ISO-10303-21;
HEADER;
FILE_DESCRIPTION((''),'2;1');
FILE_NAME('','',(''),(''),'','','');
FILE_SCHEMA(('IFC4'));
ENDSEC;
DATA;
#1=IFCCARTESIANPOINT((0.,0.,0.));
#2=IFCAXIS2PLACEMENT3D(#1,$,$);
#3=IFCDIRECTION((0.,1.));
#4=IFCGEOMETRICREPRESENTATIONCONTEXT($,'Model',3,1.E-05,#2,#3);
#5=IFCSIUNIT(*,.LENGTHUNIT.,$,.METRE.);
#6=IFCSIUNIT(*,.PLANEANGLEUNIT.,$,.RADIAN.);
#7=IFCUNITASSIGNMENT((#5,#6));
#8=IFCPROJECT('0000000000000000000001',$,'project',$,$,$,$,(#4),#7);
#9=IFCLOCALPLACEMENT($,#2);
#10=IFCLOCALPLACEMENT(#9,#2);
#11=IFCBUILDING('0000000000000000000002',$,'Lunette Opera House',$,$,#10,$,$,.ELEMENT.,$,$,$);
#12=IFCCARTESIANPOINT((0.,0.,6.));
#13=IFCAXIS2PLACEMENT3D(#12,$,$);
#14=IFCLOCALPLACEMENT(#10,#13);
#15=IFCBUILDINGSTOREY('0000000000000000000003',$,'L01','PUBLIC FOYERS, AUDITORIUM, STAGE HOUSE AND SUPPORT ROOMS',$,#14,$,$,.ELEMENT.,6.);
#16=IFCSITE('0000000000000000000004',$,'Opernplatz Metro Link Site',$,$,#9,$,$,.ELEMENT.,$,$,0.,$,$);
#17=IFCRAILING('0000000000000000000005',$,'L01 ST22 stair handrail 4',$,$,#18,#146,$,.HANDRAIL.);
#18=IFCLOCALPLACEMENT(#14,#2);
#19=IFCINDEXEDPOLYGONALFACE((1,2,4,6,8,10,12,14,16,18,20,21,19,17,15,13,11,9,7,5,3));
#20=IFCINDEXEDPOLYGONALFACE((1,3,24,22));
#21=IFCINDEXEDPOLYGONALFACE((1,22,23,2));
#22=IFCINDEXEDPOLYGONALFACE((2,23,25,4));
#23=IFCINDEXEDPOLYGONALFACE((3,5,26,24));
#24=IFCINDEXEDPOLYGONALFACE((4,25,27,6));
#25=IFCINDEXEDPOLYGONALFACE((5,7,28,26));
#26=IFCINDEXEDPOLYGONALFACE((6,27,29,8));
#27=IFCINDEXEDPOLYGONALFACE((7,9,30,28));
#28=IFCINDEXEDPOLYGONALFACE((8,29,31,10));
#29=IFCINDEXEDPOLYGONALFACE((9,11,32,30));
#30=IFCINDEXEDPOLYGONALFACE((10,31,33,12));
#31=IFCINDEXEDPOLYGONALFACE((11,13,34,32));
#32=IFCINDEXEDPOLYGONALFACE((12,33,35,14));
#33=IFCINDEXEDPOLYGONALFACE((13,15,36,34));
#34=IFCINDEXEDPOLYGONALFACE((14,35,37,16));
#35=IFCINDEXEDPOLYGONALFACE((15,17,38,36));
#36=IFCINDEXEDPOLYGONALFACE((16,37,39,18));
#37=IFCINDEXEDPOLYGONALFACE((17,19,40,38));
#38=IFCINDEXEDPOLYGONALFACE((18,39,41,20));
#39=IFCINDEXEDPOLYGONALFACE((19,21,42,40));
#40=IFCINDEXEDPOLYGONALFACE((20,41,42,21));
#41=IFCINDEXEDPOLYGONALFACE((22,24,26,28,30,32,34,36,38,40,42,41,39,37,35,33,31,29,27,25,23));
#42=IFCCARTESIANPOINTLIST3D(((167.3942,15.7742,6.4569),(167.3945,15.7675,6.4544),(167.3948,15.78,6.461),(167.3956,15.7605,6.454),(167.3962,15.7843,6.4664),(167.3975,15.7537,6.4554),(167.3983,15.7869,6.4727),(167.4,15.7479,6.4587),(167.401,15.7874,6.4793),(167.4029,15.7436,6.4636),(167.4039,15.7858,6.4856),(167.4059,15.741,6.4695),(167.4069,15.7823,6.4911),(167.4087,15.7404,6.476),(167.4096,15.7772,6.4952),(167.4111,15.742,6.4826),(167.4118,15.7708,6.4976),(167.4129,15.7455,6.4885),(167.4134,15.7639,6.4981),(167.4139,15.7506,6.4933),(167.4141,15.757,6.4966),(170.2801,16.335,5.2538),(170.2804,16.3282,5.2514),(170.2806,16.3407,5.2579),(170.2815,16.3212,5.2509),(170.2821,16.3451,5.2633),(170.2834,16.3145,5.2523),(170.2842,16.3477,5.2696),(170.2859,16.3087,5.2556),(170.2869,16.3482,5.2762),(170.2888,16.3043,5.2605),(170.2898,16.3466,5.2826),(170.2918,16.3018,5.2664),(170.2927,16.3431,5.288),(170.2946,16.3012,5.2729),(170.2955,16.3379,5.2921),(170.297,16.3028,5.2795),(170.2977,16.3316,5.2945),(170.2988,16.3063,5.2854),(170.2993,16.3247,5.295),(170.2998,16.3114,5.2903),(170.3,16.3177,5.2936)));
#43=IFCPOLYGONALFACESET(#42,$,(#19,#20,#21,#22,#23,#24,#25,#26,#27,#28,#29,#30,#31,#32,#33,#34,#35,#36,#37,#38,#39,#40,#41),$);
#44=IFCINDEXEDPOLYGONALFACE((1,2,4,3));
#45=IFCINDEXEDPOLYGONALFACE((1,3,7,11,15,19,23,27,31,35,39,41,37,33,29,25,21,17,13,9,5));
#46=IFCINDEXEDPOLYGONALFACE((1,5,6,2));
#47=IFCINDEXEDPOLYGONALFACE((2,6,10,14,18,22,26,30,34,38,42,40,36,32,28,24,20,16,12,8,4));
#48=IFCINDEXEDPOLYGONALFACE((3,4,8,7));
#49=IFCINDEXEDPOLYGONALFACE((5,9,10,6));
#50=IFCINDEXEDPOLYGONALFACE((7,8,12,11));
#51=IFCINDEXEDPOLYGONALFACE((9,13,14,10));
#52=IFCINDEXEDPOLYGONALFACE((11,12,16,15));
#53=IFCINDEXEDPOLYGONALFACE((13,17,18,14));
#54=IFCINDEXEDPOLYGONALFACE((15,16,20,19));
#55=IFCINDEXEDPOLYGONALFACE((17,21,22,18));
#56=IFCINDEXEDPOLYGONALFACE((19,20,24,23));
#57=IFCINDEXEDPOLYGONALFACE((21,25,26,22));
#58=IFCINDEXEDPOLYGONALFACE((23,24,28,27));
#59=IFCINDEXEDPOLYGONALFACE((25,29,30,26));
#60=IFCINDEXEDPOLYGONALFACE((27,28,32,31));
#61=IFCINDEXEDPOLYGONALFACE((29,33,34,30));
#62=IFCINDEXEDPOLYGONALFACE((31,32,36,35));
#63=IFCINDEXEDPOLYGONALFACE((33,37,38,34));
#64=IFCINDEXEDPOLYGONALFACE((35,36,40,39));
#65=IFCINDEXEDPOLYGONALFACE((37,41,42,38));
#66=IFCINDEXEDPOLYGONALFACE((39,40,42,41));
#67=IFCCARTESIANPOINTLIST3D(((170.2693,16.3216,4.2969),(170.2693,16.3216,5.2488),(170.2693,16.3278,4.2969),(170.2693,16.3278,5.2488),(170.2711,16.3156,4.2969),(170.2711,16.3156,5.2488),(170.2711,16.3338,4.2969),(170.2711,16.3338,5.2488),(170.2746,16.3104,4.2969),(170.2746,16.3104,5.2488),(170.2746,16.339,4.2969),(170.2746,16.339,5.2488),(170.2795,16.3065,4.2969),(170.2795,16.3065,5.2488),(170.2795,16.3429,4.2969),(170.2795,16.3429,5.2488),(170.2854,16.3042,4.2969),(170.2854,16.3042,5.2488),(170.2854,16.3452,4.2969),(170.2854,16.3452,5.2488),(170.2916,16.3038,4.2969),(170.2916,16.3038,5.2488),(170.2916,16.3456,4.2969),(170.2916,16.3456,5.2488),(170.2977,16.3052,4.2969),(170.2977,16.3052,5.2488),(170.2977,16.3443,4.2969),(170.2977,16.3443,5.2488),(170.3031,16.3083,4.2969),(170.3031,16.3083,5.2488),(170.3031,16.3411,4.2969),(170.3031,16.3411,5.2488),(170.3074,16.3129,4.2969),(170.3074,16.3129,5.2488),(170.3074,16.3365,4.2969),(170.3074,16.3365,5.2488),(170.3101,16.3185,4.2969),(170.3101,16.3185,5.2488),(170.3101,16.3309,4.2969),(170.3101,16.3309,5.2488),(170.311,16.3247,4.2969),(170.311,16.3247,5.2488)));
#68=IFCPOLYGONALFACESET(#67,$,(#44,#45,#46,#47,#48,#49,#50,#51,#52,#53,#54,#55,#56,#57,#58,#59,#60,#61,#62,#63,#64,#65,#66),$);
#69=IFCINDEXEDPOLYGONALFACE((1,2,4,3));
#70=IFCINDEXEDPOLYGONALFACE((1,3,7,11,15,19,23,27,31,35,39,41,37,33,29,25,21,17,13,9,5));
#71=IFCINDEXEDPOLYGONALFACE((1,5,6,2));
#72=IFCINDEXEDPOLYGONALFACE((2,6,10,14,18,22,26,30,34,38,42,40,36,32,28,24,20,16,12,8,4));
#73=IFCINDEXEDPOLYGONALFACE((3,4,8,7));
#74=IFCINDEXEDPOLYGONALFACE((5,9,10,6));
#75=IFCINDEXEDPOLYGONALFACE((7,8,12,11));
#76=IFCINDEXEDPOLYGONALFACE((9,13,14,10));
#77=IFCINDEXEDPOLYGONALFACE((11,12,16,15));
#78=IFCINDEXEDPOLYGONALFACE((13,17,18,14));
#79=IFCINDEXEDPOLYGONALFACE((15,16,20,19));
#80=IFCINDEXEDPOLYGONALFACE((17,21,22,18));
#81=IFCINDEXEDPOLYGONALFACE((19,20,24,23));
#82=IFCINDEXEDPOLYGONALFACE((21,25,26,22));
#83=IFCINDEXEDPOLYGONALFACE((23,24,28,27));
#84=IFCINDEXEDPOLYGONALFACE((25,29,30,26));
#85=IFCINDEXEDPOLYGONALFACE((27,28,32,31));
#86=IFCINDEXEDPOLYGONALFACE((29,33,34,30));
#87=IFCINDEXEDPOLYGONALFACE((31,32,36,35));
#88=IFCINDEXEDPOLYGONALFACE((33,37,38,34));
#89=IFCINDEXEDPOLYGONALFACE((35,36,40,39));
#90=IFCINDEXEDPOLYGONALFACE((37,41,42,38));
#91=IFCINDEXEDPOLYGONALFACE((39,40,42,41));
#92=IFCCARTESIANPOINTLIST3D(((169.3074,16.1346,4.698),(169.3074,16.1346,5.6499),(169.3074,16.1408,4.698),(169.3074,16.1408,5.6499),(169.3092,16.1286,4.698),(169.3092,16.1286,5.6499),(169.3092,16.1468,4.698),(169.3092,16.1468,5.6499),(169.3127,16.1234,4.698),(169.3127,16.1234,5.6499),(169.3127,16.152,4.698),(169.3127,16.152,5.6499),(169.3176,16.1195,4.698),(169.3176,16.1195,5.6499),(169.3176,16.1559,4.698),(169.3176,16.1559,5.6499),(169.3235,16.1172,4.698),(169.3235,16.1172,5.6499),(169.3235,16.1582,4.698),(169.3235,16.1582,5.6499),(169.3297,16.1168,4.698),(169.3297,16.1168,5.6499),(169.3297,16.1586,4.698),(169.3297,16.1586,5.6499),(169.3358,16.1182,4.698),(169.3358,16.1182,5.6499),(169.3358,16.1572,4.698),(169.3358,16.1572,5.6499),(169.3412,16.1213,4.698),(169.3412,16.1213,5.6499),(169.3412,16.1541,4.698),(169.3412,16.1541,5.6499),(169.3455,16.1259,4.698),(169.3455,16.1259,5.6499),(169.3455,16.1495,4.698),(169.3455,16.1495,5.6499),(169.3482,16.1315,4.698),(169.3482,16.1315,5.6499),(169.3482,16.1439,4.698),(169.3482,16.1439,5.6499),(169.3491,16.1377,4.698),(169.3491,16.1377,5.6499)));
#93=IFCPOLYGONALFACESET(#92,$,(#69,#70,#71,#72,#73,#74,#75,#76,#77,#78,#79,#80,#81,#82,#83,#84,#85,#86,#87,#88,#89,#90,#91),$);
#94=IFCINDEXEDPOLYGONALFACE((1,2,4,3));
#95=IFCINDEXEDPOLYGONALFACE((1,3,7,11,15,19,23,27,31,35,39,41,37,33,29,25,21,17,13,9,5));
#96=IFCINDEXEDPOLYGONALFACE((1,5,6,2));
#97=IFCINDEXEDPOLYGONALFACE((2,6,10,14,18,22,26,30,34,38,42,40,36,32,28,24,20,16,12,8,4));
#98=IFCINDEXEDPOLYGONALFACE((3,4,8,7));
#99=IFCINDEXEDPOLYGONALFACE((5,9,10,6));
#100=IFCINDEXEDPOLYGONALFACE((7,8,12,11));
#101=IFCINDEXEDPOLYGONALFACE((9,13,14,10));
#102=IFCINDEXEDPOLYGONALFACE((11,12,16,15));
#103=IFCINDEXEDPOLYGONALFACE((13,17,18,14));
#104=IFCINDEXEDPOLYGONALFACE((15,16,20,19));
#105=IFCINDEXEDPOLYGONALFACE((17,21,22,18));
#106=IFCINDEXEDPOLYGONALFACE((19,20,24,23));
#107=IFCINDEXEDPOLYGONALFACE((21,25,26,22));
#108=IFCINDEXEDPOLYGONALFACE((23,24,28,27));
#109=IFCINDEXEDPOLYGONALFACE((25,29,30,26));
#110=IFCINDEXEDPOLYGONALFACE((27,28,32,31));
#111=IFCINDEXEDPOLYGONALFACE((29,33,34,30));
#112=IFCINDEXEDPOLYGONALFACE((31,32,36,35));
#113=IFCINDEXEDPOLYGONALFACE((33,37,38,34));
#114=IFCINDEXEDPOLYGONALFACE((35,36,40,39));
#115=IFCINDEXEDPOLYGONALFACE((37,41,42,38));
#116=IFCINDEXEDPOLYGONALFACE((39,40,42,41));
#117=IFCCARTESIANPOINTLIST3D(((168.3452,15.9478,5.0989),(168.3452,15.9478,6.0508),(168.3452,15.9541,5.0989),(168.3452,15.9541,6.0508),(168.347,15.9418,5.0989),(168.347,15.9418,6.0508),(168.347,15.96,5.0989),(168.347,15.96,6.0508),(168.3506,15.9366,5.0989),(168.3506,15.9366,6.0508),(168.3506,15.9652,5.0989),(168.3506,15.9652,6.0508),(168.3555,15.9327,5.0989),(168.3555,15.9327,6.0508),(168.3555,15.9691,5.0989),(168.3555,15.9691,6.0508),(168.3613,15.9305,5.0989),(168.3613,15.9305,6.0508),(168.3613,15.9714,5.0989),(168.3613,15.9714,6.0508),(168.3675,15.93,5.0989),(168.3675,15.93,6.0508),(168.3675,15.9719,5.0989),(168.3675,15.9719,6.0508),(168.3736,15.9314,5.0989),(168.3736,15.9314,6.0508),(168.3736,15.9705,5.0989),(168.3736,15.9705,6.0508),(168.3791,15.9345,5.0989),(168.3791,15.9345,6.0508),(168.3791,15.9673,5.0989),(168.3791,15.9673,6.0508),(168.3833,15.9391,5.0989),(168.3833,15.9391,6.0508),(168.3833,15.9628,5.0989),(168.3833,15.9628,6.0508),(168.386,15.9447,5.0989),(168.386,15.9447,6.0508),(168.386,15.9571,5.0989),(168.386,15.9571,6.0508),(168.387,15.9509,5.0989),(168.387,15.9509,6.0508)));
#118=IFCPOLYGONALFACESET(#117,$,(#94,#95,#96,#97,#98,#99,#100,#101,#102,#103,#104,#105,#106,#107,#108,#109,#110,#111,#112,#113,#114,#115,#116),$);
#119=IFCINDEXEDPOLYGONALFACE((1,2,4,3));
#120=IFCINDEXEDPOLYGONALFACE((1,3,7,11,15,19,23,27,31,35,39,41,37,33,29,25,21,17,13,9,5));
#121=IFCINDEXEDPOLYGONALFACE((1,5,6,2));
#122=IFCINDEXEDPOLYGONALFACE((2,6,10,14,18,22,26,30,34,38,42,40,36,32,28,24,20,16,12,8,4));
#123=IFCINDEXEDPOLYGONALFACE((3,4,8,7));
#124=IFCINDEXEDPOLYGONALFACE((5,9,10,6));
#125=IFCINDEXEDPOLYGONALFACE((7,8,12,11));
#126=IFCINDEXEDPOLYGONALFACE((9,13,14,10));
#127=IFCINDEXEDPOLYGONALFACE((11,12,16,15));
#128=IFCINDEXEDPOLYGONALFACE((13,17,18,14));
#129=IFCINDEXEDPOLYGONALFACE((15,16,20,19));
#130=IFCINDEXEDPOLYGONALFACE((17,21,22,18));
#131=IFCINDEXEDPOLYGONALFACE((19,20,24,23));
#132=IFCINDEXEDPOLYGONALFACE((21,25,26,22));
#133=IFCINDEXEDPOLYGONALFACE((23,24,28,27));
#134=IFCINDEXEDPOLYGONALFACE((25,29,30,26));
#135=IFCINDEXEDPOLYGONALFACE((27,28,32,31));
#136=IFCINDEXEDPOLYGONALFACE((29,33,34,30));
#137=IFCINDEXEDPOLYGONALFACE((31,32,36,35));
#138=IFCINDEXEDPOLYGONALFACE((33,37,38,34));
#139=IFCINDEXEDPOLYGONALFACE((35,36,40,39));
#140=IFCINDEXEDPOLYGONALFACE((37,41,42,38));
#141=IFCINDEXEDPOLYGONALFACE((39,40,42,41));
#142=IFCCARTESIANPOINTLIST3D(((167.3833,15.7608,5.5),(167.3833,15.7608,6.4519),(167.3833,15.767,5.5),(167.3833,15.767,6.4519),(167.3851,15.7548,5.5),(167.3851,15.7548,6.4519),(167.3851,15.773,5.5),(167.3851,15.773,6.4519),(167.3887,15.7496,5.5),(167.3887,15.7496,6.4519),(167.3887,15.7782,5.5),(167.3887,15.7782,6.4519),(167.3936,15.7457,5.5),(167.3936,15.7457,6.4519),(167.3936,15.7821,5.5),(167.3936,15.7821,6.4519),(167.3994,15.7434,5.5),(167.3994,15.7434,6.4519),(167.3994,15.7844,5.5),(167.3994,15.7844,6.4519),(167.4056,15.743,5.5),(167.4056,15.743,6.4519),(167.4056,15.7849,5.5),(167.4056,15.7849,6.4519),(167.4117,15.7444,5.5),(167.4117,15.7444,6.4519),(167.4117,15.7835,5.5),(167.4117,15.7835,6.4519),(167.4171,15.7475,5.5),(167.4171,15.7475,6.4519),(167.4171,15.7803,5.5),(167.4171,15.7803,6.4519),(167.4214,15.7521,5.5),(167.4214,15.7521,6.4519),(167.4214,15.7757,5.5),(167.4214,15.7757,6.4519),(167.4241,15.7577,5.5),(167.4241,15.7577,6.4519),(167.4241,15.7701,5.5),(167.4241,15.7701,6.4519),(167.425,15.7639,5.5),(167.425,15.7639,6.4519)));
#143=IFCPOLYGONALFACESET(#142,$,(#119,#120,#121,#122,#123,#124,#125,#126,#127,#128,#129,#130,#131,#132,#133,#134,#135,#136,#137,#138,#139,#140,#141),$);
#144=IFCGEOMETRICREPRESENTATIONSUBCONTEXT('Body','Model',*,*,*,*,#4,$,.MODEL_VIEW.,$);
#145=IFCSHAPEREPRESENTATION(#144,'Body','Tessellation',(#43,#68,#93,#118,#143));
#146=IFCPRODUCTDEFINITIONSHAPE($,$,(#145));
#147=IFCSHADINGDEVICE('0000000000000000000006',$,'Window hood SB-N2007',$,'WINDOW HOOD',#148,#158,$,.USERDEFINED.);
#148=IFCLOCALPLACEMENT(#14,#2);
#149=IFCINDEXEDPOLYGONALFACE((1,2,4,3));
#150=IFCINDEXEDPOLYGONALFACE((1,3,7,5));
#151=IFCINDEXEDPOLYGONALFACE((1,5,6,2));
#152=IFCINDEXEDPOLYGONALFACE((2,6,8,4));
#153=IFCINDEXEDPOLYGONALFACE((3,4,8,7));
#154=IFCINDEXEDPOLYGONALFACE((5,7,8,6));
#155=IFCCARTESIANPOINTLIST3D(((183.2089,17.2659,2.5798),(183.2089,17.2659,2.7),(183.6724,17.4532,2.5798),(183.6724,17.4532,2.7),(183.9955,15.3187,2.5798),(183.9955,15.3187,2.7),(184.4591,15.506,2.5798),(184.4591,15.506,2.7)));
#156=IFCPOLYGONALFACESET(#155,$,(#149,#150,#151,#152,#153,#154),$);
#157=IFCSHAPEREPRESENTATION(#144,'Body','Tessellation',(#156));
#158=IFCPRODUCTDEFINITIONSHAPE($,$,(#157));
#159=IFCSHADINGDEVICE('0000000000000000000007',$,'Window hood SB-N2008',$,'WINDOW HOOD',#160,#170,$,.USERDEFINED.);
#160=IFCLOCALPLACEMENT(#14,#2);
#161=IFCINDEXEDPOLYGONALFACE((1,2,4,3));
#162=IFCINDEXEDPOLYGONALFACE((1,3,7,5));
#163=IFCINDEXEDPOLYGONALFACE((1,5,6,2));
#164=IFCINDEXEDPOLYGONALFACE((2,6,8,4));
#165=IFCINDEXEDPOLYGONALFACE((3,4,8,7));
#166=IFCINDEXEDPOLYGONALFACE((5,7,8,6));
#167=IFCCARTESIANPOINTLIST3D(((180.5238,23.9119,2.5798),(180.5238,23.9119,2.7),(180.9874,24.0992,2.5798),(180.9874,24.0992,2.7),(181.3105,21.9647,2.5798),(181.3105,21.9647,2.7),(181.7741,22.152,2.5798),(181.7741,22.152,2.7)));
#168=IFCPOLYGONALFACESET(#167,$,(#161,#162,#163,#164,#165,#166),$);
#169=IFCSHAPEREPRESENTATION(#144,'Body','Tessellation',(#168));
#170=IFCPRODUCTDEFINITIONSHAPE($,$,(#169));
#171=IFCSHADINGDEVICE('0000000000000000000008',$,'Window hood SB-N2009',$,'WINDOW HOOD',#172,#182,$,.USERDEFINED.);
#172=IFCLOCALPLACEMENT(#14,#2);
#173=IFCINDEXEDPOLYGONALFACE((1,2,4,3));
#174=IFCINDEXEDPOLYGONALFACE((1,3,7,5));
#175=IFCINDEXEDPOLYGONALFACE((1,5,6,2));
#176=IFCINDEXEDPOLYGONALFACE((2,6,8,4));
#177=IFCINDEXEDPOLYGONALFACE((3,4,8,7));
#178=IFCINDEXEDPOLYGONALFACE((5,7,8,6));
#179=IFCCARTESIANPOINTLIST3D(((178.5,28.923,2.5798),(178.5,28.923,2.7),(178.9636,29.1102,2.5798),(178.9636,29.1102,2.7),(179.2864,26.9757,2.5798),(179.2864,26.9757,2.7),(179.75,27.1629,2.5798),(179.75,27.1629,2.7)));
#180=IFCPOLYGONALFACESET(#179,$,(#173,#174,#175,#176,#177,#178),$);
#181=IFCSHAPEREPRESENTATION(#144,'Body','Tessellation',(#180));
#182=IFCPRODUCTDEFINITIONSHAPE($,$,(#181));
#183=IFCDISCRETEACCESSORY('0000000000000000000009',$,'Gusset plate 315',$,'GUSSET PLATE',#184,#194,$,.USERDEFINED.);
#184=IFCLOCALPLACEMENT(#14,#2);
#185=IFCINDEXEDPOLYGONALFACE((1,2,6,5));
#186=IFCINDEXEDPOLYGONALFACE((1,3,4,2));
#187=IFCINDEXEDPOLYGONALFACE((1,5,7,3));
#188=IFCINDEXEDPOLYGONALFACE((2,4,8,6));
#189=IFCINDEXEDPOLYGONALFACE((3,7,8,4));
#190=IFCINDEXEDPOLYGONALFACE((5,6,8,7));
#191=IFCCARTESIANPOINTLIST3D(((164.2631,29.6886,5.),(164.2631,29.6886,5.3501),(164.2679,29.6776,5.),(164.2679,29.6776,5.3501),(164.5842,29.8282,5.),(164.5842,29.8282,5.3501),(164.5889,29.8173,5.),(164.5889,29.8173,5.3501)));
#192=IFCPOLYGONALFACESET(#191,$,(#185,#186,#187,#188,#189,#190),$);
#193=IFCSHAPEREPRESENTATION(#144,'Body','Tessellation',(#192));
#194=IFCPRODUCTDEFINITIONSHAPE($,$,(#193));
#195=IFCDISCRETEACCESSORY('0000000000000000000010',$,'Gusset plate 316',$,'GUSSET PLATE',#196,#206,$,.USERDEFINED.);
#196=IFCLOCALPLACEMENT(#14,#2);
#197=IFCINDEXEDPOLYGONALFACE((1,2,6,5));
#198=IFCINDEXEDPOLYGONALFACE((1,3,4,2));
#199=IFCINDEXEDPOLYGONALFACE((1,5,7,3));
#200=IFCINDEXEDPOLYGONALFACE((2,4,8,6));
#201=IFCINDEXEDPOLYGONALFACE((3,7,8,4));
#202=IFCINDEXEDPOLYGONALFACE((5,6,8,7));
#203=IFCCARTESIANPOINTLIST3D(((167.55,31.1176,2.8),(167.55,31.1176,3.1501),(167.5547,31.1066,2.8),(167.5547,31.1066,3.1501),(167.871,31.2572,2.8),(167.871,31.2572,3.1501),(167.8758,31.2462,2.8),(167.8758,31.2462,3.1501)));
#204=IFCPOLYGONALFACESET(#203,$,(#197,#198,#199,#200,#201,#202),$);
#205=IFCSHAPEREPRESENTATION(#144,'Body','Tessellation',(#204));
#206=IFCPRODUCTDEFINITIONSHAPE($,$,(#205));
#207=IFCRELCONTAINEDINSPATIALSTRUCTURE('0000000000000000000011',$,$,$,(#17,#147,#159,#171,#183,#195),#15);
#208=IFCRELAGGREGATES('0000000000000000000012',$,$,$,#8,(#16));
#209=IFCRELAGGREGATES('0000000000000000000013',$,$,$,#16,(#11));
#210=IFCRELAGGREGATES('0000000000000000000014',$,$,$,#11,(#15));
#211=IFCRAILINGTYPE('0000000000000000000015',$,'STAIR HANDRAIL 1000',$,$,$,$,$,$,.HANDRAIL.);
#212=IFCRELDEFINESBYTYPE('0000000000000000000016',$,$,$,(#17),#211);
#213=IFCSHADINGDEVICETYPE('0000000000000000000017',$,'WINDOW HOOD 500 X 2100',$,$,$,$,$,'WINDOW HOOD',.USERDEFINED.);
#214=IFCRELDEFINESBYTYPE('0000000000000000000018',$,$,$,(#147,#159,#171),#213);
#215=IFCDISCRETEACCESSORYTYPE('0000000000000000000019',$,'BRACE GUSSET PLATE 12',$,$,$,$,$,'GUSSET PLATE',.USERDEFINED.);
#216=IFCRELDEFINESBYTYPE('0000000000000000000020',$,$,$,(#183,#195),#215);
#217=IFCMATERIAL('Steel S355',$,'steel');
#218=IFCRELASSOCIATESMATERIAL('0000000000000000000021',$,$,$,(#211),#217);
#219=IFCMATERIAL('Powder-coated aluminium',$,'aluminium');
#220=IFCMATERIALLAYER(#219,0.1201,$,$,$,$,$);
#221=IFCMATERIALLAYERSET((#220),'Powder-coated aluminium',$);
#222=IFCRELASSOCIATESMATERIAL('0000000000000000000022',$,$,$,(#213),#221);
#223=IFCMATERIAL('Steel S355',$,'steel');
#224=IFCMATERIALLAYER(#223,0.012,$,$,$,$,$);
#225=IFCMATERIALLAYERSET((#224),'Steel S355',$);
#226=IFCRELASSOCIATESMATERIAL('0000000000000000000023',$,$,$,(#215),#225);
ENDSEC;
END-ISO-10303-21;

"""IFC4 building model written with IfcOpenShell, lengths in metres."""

from ifc_helpers import new_model, si_unit, direction, frame, origin, origin_2d, place, context, subcontext, project, spatial, rectangle, circle, extrude, material, layer, layer_set, type_object, element, save


model = new_model("IFC4")

# Units and contexts
model_context = context("Model", 3, precision=1e-05, world=origin(), true_north=direction((0.0, 1.0)))
body_context = subcontext(model_context, "Body", "Model", "MODEL_VIEW")
ifc_project = project(units=[si_unit("LENGTHUNIT", "METRE"), si_unit("PLANEANGLEUNIT", "RADIAN")], contexts=[model_context])

# Site, building, storey
site_placement = place(None, origin())
site = spatial("IfcSite", under=ifc_project, at=site_placement, Name="Opernplatz Metro Link Site", CompositionType="ELEMENT", RefElevation=0.0)
building_placement = place(site_placement, origin())
building = spatial("IfcBuilding", under=site, at=building_placement, Name="Lunette Opera House", CompositionType="ELEMENT")
storey_placement = place(building_placement, frame((0.0, 0.0, 6.0)))
storey = spatial("IfcBuildingStorey", under=building, at=storey_placement, Name="L01", Description="PUBLIC FOYERS, AUDITORIUM, STAGE HOUSE AND SUPPORT ROOMS", CompositionType="ELEMENT", Elevation=6.0)

# Railing
ifc_material_1 = material(Name="Steel S355", Category="steel")
railing_type = type_object("IfcRailingType", Name="STAIR HANDRAIL 1000", PredefinedType="HANDRAIL", material=ifc_material_1)
for number, where, name in (
    (1, (170.29, 16.3247, 4.2969), "L01 ST22 stair handrail 4"),
):
    element("IfcRailing", number, at=place(storey_placement, frame(where)), inside=storey, type_object=railing_type, Name=name, PredefinedType="HANDRAIL", context=body_context, shape_type="SweptSolid", body=[
        extrude(circle(Radius=0.0239, at=origin_2d()), frame((0.0, 0.0, 0.9761), z_axis=(-0.908509, -0.176537, 0.378744), x_axis=(0.190747, -0.981639, 0.0)), (0.0, 0.0, 1.0), 3.1765),
        extrude(circle(Radius=0.021, at=origin_2d()), origin(), (0.0, 0.0, 1.0), 0.9519),
        extrude(circle(Radius=0.021, at=origin_2d()), frame((-0.9619, -0.187, 0.4011)), (0.0, 0.0, 1.0), 0.9519),
        extrude(circle(Radius=0.021, at=origin_2d()), frame((-1.9241, -0.3738, 0.802)), (0.0, 0.0, 1.0), 0.9519),
        extrude(circle(Radius=0.021, at=origin_2d()), frame((-2.886, -0.5608, 1.2031)), (0.0, 0.0, 1.0), 0.9519),
    ])

# Shading devices
ifc_material_2 = material(Name="Powder-coated aluminium", Category="aluminium")
ifc_layer_1 = layer(ifc_material_2, 0.1201)
ifc_layer_set_1 = layer_set([ifc_layer_1], Name="Powder-coated aluminium")
shading_device_type = type_object("IfcShadingDeviceType", Name="WINDOW HOOD 500 X 2100", ElementType="WINDOW HOOD", PredefinedType="USERDEFINED", material=ifc_layer_set_1)
for number, where, z_axis, x_axis, name in (
    (2, (183.834, 16.386, 2.5798), (0.0, 0.0, 1.0), (0.927192, 0.374587, 0.0), "Window hood SB-N2007"),
    (3, (181.1489, 23.032, 2.5798), (0.0, 0.0, 1.0), (0.927192, 0.374587, 0.0), "Window hood SB-N2008"),
    (4, (179.125, 28.043, 2.5798), (0.0, 0.0, 1.0), (0.92724, 0.374467, 0.0), "Window hood SB-N2009"),
):
    element("IfcShadingDevice", number, at=place(storey_placement, frame(where, z_axis=z_axis, x_axis=x_axis)), inside=storey, type_object=shading_device_type, Name=name, ObjectType="WINDOW HOOD", PredefinedType="USERDEFINED", context=body_context, shape_type="SweptSolid", body=[
        extrude(rectangle(XDim=0.5, YDim=2.1001, at=origin_2d()), origin(), (0.0, 0.0, 1.0), 0.1201),
    ])

# Discrete accessories
ifc_material_3 = material(Name="Steel S355", Category="steel")
ifc_layer_2 = layer(ifc_material_3, 0.012)
ifc_layer_set_2 = layer_set([ifc_layer_2], Name="Steel S355")
discrete_accessory_type = type_object("IfcDiscreteAccessoryType", Name="BRACE GUSSET PLATE 12", ElementType="GUSSET PLATE", PredefinedType="USERDEFINED", material=ifc_layer_set_2)
for number, where, z_axis, x_axis, name in (
    (5, (164.426, 29.7529, 5.0), (0.0, 0.0, 1.0), (0.916981, 0.39893, 0.0), "Gusset plate 315"),
    (6, (167.7129, 31.1819, 2.8), (0.0, 0.0, 1.0), (0.917083, 0.398696, 0.0), "Gusset plate 316"),
):
    element("IfcDiscreteAccessory", number, at=place(storey_placement, frame(where, z_axis=z_axis, x_axis=x_axis)), inside=storey, type_object=discrete_accessory_type, Name=name, ObjectType="GUSSET PLATE", PredefinedType="USERDEFINED", context=body_context, shape_type="SweptSolid", body=[
        extrude(rectangle(XDim=0.3501, YDim=0.012, at=origin_2d()), origin(), (0.0, 0.0, 1.0), 0.3501),
    ])

save(model, "model.ifc")
